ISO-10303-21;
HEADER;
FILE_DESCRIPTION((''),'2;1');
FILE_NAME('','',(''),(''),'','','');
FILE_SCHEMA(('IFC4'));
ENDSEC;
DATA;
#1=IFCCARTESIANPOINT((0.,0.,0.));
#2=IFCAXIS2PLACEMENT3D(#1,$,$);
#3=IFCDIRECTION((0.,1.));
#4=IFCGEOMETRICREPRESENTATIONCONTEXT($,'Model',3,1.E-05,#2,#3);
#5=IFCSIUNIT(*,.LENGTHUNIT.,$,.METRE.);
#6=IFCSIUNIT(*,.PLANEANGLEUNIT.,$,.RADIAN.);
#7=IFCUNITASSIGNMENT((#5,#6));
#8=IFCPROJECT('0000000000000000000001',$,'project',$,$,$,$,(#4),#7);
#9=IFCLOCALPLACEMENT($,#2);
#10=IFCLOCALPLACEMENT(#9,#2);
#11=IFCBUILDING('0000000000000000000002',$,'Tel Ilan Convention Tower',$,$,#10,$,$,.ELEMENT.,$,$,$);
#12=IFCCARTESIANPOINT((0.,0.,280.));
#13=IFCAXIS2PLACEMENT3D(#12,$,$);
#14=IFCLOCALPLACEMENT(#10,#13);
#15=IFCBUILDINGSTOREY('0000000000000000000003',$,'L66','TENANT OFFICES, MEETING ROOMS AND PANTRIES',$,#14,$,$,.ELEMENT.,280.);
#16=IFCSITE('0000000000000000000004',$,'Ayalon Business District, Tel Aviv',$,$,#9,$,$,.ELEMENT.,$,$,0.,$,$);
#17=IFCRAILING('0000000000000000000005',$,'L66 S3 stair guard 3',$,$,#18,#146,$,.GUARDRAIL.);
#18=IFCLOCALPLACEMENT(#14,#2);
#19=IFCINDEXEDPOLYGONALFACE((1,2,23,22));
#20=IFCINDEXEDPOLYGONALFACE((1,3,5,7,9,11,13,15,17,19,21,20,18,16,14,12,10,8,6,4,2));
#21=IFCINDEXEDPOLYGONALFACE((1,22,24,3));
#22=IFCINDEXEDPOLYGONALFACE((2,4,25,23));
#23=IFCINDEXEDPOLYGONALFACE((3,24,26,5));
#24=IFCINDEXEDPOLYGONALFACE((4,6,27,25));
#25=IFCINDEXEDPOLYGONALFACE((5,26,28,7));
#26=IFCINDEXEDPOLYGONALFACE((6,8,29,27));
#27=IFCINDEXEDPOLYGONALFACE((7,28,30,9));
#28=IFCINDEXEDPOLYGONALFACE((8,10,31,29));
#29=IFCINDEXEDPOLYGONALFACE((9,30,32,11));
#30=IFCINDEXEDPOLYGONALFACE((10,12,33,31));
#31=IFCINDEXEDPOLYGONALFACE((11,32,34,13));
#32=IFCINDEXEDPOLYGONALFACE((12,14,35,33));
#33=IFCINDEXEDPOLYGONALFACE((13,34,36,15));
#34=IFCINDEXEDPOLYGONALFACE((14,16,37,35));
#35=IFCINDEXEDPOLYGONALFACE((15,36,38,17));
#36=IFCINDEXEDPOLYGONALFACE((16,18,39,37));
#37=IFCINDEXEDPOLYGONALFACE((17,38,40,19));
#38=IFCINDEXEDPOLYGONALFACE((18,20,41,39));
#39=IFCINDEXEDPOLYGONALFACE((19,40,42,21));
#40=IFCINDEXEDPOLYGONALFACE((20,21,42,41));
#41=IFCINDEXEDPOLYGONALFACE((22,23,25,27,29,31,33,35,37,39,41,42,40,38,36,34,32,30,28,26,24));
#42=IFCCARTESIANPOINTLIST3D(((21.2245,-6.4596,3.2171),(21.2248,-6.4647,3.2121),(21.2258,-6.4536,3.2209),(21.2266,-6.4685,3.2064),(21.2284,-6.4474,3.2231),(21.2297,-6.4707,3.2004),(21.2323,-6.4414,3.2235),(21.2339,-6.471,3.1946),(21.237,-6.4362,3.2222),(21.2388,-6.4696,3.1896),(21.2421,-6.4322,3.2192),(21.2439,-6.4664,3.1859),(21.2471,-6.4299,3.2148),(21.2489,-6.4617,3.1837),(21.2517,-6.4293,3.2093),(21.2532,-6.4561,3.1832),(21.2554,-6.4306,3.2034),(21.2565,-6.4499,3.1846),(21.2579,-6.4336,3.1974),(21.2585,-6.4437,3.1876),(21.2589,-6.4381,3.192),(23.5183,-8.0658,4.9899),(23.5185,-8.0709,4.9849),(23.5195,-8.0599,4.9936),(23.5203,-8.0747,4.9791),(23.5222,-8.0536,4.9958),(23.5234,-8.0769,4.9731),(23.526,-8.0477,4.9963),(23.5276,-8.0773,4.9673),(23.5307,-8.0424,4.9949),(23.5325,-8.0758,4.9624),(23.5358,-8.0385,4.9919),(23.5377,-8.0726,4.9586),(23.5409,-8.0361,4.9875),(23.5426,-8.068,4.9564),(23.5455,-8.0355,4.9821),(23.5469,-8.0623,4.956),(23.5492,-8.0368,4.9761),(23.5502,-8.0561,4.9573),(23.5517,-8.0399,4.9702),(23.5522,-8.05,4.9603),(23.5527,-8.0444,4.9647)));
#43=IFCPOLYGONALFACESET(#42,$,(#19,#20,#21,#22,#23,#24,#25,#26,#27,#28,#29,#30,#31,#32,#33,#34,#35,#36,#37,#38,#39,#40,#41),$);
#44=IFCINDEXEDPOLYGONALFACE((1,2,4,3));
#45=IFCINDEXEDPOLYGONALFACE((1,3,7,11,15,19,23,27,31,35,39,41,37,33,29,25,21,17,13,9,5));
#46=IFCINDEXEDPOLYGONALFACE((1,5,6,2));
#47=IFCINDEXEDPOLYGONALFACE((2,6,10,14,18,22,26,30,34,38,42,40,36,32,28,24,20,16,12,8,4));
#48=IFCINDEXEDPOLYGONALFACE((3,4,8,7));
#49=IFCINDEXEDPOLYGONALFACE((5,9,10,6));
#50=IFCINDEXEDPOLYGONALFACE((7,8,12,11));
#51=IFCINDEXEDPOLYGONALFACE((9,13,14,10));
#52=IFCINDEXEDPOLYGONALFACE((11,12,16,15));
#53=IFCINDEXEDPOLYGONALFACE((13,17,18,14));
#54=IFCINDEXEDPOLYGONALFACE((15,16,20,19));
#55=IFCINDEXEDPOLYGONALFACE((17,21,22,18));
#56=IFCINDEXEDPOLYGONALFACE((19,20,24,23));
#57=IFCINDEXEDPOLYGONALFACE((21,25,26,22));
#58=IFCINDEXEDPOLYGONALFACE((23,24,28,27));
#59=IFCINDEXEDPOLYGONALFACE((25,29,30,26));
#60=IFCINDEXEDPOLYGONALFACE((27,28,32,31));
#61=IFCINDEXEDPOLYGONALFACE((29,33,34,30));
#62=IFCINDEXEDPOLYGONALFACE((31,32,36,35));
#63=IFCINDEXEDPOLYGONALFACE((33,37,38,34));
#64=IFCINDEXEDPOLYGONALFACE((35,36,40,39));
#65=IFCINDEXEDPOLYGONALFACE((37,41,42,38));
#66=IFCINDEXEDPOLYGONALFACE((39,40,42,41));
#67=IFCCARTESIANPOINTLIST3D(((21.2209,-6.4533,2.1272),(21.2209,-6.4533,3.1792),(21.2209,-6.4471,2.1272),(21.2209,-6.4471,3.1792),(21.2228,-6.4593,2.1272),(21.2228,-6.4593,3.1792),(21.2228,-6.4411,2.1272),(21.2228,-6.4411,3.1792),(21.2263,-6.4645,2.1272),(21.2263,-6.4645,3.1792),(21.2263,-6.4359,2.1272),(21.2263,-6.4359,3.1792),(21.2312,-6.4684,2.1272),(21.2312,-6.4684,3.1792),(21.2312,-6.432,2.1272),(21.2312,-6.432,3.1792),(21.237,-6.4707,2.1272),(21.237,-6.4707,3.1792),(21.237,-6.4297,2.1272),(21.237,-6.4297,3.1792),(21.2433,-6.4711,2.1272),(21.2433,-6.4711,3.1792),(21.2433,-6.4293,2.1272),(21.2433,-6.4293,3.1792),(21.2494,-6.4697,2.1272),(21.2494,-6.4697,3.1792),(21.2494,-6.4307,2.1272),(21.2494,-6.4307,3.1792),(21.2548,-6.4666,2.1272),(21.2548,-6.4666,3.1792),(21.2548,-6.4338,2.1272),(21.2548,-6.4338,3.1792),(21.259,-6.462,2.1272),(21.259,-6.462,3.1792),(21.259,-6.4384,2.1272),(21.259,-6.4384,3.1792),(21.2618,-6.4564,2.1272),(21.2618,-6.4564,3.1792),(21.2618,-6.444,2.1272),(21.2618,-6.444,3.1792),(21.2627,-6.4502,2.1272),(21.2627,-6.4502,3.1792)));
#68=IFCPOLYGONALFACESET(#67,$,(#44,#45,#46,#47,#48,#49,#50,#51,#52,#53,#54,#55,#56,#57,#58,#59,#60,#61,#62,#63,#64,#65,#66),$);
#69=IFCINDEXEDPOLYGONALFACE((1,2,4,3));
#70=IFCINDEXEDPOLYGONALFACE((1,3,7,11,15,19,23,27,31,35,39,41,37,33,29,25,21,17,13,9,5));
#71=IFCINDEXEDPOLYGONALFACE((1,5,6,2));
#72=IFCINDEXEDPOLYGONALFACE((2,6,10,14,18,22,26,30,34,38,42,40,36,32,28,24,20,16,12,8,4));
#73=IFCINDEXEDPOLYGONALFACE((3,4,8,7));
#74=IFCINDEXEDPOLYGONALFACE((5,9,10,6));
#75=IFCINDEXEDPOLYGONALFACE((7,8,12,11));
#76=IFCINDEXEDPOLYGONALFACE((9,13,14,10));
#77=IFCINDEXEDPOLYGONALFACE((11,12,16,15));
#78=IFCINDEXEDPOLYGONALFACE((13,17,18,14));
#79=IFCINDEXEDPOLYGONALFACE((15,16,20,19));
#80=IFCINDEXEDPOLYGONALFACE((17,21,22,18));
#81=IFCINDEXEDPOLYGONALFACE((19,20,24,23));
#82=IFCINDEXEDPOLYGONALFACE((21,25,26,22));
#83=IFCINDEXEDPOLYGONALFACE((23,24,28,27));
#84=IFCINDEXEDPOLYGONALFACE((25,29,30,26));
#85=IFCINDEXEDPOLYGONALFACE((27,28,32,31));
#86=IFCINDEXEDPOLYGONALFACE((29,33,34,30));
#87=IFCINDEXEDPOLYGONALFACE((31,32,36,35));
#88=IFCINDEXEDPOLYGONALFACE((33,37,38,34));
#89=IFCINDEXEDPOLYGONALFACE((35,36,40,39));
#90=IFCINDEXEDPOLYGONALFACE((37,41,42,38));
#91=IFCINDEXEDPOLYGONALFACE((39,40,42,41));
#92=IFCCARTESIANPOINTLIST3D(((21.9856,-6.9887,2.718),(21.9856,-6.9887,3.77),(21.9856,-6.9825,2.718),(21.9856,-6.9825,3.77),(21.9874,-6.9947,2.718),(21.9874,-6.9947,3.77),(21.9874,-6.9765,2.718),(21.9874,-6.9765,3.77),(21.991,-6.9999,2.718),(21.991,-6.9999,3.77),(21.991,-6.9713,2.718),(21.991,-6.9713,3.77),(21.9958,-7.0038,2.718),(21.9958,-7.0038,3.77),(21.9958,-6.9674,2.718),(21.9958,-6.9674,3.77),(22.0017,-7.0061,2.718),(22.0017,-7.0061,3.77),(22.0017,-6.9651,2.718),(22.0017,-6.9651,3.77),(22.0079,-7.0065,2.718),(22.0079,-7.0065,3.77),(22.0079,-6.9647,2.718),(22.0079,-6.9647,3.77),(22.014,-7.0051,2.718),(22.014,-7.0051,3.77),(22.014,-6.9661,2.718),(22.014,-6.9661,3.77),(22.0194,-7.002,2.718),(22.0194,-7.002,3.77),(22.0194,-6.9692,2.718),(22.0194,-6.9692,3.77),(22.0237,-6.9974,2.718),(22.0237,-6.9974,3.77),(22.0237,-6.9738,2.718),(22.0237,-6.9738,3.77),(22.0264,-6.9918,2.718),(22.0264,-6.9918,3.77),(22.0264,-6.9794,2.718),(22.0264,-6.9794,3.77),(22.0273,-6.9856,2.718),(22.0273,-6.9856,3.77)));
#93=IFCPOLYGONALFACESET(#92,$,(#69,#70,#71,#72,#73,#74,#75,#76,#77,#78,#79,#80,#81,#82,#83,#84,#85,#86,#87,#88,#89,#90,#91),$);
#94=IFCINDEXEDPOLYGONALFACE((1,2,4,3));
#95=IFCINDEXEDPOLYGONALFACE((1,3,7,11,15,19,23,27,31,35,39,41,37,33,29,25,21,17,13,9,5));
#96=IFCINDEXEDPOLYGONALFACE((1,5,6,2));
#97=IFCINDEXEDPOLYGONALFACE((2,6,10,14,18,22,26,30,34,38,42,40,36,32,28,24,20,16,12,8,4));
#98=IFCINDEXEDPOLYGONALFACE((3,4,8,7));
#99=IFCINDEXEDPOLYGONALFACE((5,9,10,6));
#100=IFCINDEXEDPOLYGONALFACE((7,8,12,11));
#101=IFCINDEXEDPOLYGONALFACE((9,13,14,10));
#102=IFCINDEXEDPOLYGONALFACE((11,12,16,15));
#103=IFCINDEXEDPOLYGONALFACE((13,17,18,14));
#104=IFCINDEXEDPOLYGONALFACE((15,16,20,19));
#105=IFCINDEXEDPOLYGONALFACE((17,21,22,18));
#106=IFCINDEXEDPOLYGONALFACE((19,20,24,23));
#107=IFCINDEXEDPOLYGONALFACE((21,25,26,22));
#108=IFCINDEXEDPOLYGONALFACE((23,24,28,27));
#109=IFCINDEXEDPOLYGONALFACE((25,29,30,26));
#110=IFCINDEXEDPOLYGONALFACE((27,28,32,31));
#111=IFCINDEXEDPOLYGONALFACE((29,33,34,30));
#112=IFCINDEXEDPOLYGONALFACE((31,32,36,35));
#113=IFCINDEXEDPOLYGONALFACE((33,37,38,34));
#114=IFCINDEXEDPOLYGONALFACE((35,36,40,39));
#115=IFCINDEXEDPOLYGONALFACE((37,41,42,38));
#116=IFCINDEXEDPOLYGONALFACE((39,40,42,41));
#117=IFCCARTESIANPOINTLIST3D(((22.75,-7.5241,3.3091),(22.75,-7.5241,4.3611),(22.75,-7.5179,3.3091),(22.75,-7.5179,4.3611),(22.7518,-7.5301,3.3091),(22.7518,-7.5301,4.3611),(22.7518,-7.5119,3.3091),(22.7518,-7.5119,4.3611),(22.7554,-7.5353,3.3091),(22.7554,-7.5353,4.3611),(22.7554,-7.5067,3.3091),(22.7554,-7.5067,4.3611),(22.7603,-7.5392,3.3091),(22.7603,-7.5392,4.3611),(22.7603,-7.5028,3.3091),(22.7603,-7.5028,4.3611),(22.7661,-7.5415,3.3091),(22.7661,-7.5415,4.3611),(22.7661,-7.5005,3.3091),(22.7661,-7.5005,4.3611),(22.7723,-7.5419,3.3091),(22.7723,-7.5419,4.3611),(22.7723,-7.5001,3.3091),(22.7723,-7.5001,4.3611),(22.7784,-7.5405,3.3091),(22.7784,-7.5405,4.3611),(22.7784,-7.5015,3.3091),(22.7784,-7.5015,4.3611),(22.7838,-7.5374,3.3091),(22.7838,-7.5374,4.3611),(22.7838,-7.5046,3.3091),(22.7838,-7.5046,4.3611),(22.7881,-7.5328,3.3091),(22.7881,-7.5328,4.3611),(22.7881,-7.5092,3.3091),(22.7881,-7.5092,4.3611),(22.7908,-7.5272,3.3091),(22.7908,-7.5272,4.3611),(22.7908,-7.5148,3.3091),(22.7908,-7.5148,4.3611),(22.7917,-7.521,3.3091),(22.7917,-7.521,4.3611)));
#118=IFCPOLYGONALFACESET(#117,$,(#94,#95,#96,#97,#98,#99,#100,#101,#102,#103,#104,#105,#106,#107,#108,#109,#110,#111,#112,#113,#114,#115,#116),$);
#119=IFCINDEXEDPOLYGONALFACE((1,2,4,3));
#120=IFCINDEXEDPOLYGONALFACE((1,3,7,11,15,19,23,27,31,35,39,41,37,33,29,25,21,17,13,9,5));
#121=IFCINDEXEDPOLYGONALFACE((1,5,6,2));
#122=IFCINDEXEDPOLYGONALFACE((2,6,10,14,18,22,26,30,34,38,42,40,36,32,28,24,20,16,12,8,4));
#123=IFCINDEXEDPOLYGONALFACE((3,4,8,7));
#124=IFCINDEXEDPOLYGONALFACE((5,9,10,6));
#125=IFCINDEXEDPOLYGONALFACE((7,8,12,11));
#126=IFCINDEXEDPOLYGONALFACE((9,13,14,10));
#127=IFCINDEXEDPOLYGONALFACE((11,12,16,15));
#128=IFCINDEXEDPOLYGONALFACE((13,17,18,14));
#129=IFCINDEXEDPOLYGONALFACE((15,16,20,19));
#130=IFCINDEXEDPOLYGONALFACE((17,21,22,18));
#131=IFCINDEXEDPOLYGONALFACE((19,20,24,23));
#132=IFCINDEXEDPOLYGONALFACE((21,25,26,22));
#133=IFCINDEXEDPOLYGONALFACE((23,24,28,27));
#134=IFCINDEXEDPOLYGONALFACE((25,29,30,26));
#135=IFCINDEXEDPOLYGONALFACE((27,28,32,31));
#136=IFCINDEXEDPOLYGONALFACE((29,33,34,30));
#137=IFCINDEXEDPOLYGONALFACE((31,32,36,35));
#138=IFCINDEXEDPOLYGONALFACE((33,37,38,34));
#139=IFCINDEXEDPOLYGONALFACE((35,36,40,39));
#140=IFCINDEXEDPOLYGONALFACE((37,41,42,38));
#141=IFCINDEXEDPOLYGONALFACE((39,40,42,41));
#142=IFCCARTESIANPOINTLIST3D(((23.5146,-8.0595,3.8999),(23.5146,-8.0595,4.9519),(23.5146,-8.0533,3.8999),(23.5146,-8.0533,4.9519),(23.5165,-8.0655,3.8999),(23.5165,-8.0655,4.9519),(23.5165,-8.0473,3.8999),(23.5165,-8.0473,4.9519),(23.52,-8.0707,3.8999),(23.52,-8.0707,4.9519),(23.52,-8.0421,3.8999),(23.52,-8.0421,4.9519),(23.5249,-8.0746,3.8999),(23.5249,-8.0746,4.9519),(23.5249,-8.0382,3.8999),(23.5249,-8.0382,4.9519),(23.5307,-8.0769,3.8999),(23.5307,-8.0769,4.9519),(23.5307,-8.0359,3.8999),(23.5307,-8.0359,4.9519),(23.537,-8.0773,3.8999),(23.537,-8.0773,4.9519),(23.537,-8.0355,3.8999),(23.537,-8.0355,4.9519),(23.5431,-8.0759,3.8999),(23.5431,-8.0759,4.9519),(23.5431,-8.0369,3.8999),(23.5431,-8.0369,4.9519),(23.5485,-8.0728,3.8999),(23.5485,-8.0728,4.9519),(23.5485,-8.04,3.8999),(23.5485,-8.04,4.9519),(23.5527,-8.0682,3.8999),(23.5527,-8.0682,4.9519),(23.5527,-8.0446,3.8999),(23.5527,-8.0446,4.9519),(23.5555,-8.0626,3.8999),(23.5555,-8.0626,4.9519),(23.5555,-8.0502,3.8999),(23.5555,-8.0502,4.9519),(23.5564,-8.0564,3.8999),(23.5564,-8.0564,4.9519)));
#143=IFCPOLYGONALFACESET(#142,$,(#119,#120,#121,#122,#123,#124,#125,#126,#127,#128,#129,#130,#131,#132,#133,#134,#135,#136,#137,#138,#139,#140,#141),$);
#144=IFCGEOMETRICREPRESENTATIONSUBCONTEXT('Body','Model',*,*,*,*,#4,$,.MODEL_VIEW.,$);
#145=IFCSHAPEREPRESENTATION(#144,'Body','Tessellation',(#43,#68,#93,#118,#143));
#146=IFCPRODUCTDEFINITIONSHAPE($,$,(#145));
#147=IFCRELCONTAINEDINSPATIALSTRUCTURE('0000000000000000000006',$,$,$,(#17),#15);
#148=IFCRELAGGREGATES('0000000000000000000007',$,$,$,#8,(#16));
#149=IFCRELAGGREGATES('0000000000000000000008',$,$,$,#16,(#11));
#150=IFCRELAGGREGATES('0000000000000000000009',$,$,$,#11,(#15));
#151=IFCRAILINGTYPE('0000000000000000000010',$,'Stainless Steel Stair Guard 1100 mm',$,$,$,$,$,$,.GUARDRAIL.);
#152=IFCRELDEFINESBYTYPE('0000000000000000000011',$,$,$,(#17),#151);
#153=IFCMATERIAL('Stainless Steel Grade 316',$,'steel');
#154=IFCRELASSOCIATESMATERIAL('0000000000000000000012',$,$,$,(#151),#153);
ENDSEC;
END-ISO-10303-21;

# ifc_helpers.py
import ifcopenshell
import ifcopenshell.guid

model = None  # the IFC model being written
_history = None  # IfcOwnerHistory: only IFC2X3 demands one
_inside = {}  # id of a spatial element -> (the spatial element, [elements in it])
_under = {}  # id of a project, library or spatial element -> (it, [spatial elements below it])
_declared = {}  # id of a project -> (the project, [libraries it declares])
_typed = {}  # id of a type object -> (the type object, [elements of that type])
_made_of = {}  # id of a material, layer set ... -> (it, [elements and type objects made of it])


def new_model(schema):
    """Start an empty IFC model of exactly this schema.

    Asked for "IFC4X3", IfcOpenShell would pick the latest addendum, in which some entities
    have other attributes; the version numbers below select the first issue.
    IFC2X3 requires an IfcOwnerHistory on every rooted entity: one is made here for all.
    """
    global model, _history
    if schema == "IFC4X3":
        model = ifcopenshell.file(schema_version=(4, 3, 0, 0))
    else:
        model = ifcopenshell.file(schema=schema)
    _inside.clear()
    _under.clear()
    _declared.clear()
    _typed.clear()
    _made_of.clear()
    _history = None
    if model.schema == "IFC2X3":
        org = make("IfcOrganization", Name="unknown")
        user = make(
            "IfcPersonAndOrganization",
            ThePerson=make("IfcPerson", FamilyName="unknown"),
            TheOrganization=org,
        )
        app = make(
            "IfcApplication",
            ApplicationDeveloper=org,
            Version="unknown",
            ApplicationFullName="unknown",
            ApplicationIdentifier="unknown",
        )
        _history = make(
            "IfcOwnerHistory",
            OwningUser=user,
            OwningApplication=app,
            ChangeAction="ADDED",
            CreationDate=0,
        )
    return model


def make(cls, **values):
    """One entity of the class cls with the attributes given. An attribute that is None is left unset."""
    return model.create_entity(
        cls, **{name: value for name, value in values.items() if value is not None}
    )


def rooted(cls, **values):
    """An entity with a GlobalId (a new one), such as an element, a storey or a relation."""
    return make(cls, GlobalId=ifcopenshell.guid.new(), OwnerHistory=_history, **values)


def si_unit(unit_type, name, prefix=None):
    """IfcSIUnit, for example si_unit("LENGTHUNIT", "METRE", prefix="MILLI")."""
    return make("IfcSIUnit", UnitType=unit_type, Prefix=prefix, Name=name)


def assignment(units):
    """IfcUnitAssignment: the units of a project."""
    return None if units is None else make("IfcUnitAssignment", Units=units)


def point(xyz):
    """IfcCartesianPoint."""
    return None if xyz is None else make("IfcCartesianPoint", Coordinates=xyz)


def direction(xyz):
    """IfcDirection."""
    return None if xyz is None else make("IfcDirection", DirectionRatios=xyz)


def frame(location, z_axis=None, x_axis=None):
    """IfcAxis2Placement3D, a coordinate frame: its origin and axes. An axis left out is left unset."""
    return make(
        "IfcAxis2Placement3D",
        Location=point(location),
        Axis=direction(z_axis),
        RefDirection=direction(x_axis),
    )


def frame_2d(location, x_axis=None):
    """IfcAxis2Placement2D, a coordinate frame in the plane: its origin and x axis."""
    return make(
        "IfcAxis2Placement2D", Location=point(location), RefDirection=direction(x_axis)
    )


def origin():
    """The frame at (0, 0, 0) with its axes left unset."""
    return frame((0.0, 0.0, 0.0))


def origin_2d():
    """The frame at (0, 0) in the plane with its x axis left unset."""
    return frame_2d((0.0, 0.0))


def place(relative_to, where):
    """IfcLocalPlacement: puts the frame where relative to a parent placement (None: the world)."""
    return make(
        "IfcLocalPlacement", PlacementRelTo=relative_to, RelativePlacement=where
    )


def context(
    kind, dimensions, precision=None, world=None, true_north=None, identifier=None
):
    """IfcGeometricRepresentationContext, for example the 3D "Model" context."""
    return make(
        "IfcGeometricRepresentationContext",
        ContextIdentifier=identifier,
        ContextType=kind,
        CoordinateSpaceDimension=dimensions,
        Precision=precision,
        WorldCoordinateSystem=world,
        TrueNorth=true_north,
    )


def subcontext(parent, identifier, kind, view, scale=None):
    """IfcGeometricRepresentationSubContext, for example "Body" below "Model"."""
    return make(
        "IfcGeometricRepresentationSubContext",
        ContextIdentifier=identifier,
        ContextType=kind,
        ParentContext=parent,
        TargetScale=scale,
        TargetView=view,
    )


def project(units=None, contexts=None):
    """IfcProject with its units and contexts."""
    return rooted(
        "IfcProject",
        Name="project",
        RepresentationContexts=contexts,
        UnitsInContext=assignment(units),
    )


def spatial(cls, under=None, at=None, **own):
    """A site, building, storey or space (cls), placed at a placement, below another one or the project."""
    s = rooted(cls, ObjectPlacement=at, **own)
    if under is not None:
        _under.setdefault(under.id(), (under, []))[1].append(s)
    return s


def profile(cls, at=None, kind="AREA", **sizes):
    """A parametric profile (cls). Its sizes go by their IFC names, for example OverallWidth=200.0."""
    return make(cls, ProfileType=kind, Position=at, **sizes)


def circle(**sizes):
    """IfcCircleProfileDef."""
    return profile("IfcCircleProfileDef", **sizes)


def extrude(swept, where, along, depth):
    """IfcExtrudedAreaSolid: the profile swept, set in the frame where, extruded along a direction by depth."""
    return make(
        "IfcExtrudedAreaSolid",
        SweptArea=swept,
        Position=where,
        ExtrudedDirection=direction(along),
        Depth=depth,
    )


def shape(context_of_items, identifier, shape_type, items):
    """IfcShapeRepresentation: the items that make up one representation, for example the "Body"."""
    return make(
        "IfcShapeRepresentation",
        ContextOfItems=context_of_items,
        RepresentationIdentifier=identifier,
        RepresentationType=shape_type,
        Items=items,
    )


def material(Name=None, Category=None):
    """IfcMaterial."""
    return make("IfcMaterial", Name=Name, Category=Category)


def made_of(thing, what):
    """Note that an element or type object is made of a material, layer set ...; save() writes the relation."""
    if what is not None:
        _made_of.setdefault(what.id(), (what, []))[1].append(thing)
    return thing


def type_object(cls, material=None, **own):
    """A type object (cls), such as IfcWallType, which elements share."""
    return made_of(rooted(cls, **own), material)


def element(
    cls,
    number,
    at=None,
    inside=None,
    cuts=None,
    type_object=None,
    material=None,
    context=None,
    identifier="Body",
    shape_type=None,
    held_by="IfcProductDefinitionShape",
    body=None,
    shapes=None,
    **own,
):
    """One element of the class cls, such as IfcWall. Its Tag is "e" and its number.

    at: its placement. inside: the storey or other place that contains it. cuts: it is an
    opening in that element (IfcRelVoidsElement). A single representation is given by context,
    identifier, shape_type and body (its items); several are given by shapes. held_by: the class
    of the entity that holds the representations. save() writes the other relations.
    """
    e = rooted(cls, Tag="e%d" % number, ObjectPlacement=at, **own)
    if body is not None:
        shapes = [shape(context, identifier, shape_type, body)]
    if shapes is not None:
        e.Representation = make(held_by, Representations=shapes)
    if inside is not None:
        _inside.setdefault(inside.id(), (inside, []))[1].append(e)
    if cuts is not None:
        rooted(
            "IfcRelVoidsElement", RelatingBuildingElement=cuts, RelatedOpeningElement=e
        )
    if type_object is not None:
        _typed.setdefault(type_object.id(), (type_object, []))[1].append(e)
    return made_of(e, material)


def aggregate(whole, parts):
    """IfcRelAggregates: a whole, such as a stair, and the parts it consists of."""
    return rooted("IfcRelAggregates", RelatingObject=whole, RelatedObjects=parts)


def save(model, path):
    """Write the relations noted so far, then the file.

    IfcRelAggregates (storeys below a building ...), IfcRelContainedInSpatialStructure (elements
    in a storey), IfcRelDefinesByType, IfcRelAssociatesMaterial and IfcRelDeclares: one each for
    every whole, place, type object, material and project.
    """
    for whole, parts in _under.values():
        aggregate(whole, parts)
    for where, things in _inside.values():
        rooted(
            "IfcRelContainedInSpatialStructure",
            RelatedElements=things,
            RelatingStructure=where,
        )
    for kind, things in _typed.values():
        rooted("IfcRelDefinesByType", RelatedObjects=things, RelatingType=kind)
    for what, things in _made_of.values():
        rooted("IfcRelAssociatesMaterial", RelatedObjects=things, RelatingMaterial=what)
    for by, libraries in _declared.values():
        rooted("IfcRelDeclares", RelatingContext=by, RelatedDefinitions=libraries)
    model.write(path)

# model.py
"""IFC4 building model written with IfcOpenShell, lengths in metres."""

from ifc_helpers import new_model, si_unit, direction, frame, origin, origin_2d, place, context, subcontext, project, spatial, circle, extrude, material, type_object, element, save


model = new_model("IFC4")

# Units and contexts
model_context = context("Model", 3, precision=1e-05, world=origin(), true_north=direction((0.0, 1.0)))
body_context = subcontext(model_context, "Body", "Model", "MODEL_VIEW")
ifc_project = project(units=[si_unit("LENGTHUNIT", "METRE"), si_unit("PLANEANGLEUNIT", "RADIAN")], contexts=[model_context])

# Site, building, storey
site_placement = place(None, origin())
site = spatial("IfcSite", under=ifc_project, at=site_placement, Name="Ayalon Business District, Tel Aviv", CompositionType="ELEMENT", RefElevation=0.0)
building_placement = place(site_placement, origin())
building = spatial("IfcBuilding", under=site, at=building_placement, Name="Tel Ilan Convention Tower", CompositionType="ELEMENT")
storey_placement = place(building_placement, frame((0.0, 0.0, 280.0)))
storey = spatial("IfcBuildingStorey", under=building, at=storey_placement, Name="L66", Description="TENANT OFFICES, MEETING ROOMS AND PANTRIES", CompositionType="ELEMENT", Elevation=280.0)

# Railing
ifc_material_1 = material(Name="Stainless Steel Grade 316", Category="steel")
railing_type_1 = type_object("IfcRailingType", Name="Stainless Steel Stair Guard 1100 mm", PredefinedType="GUARDRAIL", material=ifc_material_1)
railing_1_placement = place(storey_placement, frame((21.2417, -6.4502, 2.1272)))
element("IfcRailing", 1, at=railing_1_placement, inside=storey, type_object=railing_type_1, Name="L66 S3 stair guard 3", PredefinedType="GUARDRAIL", context=body_context, shape_type="SweptSolid", body=[
    extrude(circle(Radius=0.0239, at=origin_2d()), frame((0.0, 0.0, 1.0762), z_axis=(0.692098, -0.484653, 0.534894), x_axis=(0.573609, 0.81913, 0.0)), (0.0, 0.0, 1.0), 3.3142),
    extrude(circle(Radius=0.021, at=origin_2d()), origin(), (0.0, 0.0, 1.0), 1.052),
    extrude(circle(Radius=0.021, at=origin_2d()), frame((0.7646, -0.5354, 0.5908)), (0.0, 0.0, 1.0), 1.052),
    extrude(circle(Radius=0.021, at=origin_2d()), frame((1.5291, -1.0708, 1.1819)), (0.0, 0.0, 1.0), 1.052),
    extrude(circle(Radius=0.021, at=origin_2d()), frame((2.2937, -1.6062, 1.7727)), (0.0, 0.0, 1.0), 1.052),
])

save(model, "model.ifc")
